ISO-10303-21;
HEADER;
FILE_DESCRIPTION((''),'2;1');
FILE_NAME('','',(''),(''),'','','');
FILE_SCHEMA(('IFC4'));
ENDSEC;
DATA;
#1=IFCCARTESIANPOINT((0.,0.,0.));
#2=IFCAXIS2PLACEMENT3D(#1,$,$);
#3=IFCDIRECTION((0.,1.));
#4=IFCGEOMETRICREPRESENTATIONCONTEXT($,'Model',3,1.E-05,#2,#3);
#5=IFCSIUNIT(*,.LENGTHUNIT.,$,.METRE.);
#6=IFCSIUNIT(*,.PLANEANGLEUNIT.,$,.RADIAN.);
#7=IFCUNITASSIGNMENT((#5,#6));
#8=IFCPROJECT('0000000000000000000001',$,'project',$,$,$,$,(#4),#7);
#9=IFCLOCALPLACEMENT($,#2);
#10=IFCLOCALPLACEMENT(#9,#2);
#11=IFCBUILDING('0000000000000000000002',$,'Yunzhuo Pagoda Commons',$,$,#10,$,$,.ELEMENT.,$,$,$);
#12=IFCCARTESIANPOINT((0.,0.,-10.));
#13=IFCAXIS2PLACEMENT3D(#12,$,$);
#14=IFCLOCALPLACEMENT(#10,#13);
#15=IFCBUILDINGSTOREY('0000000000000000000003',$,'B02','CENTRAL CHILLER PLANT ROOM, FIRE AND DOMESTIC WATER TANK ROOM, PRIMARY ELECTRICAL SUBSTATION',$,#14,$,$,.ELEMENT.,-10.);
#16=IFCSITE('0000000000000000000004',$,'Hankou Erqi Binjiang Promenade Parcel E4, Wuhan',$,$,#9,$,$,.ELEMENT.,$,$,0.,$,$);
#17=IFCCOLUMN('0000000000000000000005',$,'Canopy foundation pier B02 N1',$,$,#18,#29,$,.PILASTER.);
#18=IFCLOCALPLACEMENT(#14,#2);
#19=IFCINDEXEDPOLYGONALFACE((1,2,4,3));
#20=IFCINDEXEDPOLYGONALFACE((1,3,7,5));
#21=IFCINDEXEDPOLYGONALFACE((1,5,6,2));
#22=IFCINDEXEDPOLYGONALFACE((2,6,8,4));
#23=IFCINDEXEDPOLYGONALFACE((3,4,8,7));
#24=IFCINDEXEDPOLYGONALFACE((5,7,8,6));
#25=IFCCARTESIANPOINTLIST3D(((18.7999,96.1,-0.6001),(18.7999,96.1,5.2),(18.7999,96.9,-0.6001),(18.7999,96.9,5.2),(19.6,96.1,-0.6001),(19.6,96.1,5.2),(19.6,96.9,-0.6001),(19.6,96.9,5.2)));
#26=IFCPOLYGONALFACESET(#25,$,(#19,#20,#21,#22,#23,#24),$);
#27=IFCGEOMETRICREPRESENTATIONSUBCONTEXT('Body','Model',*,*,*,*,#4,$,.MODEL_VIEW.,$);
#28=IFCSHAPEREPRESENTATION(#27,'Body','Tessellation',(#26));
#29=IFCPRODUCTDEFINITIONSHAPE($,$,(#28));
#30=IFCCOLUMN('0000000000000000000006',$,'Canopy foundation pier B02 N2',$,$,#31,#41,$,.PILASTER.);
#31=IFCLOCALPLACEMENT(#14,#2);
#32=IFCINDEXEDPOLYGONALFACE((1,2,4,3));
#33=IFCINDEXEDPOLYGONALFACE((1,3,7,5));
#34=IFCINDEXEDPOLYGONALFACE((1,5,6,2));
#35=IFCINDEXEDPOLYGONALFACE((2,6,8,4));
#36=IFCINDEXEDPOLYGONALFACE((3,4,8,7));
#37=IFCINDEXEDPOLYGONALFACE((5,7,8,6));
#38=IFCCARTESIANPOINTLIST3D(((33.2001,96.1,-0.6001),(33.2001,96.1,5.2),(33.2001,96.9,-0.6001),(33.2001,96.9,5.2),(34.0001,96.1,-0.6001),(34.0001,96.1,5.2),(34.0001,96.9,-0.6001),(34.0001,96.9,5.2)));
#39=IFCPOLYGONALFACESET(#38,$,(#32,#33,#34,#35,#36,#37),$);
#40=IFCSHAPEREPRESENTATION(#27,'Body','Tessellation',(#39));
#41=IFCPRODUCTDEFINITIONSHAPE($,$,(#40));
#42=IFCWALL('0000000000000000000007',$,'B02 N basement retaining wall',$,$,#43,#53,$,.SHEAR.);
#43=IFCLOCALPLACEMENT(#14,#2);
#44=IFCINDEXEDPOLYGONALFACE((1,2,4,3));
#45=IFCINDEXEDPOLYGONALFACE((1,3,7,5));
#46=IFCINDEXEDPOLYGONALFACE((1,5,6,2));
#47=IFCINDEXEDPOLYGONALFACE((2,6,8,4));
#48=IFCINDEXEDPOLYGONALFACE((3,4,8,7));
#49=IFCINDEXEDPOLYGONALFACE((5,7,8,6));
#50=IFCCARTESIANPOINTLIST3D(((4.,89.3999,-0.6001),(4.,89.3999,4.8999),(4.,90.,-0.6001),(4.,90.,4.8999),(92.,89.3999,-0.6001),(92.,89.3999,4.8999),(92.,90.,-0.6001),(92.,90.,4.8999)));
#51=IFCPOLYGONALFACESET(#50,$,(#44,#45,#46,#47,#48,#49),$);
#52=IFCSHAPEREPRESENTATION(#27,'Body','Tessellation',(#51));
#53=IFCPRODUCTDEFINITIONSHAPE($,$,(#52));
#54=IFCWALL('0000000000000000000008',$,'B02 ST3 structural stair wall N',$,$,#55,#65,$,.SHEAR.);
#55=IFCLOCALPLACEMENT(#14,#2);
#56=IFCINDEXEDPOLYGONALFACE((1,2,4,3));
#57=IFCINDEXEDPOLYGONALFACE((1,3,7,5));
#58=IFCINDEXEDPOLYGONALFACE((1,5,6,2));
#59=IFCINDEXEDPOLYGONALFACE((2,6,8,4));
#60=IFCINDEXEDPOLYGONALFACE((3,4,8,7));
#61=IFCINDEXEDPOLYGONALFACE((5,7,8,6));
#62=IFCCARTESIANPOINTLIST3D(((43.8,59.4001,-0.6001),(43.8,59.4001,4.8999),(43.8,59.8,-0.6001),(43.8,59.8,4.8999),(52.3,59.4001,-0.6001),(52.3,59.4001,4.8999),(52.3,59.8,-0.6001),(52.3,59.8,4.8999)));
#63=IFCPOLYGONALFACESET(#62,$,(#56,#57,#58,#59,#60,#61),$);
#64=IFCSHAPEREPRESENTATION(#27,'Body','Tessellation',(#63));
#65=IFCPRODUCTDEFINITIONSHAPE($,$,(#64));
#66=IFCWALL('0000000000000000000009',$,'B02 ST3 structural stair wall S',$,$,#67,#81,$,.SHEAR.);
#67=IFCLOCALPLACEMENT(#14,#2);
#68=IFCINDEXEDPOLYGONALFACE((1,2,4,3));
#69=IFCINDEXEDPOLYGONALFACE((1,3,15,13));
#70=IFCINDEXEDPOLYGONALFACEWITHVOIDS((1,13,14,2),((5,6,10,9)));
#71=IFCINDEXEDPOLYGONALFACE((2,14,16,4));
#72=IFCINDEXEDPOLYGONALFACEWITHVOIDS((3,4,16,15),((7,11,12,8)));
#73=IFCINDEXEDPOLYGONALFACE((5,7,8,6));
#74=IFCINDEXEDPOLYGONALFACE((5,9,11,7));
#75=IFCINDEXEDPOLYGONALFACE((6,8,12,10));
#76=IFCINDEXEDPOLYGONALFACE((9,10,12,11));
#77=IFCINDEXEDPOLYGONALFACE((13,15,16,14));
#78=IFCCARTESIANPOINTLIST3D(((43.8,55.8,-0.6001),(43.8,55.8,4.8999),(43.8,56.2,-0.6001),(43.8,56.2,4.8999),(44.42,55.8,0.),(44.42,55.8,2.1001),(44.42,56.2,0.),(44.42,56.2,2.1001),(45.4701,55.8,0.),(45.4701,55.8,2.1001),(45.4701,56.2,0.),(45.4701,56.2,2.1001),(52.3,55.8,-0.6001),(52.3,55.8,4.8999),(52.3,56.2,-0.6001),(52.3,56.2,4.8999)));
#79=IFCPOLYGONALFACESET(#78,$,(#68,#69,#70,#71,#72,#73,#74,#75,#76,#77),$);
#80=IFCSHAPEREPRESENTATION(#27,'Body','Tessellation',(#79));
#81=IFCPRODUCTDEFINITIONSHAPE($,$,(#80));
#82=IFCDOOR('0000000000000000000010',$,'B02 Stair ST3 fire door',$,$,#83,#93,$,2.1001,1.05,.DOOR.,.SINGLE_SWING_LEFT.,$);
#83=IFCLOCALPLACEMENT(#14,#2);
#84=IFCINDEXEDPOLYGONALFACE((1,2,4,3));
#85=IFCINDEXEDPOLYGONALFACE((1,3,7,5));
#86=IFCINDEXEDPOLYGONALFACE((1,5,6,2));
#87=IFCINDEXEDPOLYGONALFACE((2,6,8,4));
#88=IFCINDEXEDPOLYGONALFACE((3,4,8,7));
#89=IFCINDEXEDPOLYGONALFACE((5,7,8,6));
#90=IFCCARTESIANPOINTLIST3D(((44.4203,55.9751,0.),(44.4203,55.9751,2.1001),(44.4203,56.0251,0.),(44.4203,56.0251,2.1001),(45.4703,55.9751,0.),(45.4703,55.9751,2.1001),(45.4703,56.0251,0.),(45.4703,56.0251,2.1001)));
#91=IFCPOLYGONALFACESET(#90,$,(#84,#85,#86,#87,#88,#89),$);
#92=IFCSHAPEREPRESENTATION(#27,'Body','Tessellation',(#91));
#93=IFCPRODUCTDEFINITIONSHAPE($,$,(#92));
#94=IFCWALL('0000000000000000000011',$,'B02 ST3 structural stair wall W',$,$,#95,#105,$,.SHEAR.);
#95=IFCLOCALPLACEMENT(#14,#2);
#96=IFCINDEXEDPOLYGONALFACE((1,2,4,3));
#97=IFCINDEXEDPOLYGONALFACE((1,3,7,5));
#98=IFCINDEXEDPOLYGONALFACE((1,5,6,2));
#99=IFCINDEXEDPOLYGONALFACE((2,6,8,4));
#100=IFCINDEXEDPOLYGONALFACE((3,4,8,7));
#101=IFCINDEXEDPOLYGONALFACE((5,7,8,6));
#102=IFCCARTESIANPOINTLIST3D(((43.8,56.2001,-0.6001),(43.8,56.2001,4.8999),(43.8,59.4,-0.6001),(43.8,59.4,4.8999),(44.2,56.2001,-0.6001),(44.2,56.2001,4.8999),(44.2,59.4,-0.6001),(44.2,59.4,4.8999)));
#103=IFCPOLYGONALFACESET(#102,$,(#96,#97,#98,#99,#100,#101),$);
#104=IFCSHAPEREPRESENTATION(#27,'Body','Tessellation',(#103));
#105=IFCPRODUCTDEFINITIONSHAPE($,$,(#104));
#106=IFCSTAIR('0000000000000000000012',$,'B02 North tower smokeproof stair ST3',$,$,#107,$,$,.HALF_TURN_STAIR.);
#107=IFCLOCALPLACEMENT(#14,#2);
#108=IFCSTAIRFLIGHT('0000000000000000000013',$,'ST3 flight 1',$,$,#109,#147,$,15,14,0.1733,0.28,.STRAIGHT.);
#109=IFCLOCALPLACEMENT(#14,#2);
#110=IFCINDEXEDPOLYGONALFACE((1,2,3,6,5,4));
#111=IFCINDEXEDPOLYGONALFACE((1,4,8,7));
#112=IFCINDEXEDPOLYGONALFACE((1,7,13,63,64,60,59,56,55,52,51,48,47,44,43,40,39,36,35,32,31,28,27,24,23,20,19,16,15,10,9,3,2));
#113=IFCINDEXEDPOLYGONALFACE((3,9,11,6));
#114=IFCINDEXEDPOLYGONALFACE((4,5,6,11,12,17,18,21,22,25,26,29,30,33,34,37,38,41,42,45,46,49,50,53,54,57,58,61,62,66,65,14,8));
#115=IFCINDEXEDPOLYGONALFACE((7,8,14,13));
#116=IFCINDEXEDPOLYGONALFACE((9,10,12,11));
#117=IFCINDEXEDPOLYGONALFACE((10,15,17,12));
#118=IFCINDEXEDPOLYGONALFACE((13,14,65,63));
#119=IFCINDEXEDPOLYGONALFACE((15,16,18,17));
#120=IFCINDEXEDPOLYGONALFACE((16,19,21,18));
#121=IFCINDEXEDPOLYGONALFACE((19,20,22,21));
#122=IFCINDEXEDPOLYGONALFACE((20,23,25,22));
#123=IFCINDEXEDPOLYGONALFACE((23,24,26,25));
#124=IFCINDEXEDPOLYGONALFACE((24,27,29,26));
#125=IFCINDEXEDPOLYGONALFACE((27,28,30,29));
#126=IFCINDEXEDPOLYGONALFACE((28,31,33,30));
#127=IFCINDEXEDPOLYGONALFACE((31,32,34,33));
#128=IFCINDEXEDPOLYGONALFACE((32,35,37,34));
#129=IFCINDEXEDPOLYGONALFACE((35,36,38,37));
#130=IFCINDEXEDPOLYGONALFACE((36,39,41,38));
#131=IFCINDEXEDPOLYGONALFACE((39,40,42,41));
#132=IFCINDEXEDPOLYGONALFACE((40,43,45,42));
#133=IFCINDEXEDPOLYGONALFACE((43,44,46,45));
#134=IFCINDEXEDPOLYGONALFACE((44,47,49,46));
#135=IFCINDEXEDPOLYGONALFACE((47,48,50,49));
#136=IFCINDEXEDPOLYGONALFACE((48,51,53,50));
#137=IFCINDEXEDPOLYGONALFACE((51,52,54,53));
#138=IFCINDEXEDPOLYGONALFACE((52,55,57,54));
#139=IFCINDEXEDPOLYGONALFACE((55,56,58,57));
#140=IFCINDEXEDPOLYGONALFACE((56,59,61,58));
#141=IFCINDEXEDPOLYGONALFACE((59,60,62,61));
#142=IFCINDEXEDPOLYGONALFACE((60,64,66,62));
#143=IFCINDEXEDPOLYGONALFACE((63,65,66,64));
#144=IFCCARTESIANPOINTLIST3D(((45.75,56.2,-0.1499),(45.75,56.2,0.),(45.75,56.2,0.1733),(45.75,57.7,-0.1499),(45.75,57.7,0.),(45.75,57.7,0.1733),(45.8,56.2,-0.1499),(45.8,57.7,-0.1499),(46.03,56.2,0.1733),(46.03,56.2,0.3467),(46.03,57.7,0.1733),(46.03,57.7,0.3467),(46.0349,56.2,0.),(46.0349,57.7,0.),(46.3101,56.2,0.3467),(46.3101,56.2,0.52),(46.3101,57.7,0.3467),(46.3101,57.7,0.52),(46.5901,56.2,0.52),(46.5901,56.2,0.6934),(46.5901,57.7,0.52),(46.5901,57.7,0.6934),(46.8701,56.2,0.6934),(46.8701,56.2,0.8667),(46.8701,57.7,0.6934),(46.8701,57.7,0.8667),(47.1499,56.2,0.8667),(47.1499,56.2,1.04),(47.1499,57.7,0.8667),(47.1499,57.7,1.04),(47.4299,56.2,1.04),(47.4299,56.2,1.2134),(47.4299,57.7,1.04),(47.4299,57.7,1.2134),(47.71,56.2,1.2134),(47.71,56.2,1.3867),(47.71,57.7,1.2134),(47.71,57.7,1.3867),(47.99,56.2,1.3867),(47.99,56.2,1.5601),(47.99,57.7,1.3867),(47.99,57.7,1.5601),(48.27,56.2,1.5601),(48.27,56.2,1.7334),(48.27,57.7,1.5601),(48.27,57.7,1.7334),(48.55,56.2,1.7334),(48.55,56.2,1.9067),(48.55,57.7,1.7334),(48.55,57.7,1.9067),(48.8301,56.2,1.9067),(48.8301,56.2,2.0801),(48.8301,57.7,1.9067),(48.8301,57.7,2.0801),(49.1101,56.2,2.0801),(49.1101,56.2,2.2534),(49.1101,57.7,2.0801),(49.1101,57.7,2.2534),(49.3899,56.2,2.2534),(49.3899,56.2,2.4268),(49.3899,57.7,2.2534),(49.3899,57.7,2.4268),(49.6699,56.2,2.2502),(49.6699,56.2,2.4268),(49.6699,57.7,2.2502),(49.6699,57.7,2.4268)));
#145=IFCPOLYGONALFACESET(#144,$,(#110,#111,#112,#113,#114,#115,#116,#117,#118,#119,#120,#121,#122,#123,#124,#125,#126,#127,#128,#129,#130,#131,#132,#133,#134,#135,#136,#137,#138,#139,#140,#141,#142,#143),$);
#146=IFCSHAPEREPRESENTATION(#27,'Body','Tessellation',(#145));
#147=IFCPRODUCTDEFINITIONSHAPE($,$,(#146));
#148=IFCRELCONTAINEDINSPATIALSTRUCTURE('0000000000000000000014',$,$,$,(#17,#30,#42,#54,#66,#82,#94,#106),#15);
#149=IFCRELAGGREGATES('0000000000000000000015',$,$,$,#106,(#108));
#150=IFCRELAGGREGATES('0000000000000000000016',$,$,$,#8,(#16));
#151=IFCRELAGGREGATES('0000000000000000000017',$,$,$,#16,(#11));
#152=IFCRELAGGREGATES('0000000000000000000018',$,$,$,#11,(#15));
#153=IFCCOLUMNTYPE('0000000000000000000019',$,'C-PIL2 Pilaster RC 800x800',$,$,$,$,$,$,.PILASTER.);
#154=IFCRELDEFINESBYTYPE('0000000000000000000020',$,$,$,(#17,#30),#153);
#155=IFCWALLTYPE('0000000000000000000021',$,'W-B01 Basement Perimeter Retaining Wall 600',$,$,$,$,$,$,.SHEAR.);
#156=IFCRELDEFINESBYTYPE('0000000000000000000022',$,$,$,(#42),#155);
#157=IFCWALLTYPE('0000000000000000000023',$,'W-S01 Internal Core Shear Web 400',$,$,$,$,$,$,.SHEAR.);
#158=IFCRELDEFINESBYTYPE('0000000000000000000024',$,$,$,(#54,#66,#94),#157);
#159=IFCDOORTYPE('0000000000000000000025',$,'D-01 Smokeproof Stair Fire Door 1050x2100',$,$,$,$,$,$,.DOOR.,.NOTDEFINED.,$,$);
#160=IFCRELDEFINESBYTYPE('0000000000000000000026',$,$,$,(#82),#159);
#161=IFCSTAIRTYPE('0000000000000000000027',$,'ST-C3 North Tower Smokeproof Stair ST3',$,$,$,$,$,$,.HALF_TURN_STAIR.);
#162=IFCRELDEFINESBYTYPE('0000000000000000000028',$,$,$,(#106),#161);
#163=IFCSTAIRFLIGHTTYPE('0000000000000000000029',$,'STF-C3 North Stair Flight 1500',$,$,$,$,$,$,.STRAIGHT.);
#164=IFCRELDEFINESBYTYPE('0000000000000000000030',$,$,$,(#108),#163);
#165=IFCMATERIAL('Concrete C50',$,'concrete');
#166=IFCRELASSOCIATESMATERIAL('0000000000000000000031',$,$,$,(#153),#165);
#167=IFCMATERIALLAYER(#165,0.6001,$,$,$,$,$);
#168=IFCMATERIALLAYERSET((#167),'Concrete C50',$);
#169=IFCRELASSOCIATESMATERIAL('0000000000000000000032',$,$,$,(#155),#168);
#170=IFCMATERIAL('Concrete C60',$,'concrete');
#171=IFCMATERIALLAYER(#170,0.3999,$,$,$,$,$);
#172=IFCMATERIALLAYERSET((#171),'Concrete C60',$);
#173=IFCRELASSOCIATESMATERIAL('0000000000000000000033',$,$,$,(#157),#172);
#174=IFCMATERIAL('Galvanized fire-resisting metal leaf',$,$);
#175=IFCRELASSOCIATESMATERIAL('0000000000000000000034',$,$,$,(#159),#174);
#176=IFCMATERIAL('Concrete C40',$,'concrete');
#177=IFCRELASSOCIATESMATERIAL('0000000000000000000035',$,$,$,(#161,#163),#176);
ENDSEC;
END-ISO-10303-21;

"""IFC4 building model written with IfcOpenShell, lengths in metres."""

from ifc_helpers import new_model, si_unit, direction, frame, frame_2d, origin, origin_2d, place, context, subcontext, project, spatial, polyline, rectangle, outline, extrude, source, transform, mapped, material, layer, layer_set, material_profile, profile_set, type_object, element, fill, aggregate, save


model = new_model("IFC4")

# Units and contexts
model_context = context("Model", 3, precision=1e-05, world=origin(), true_north=direction((0.0, 1.0)))
body_context = subcontext(model_context, "Body", "Model", "MODEL_VIEW")
ifc_project = project(units=[si_unit("LENGTHUNIT", "METRE"), si_unit("PLANEANGLEUNIT", "RADIAN")], contexts=[model_context])

# Site, building, storey
site_placement = place(None, origin())
site = spatial("IfcSite", under=ifc_project, at=site_placement, Name="Hankou Erqi Binjiang Promenade Parcel E4, Wuhan", CompositionType="ELEMENT", RefElevation=0.0)
building_placement = place(site_placement, origin())
building = spatial("IfcBuilding", under=site, at=building_placement, Name="Yunzhuo Pagoda Commons", CompositionType="ELEMENT")
storey_placement = place(building_placement, frame((0.0, 0.0, -10.0)))
storey = spatial("IfcBuildingStorey", under=building, at=storey_placement, Name="B02", Description="CENTRAL CHILLER PLANT ROOM, FIRE AND DOMESTIC WATER TANK ROOM, PRIMARY ELECTRICAL SUBSTATION", CompositionType="ELEMENT", Elevation=-10.0)

# Shared definitions
ifc_material_1 = material(Name="Concrete C50", Category="concrete")

# Shared definitions
ifc_material_2 = material(Name="Concrete C40", Category="concrete")

# Columns
ifc_material_profile_1 = material_profile(ifc_material_1, rectangle(XDim=0.8, YDim=0.8, at=origin_2d()), Name="Concrete C50")
ifc_profile_set_1 = profile_set([ifc_material_profile_1], Name="Concrete C50")
column_type_1 = type_object("IfcColumnType", Name="C-PIL2 Pilaster RC 800x800", PredefinedType="PILASTER", material=ifc_profile_set_1)
shared_shape_1 = source(origin(), body_context, "Body", "SweptSolid", [
    extrude(rectangle(XDim=0.8, YDim=0.8, at=origin_2d()), origin(), (0.0, 0.0, 1.0), 5.8),
])
for number, where, z_axis, x_axis, name in (
    (1, (19.2, 96.5, -0.6001), (0.0, 0.0, 1.0), (1.0, 0.0, 0.0), "Canopy foundation pier B02 N1"),
    (2, (33.6001, 96.5, -0.6001), (0.0, 0.0, 1.0), (1.0, 0.0, 0.0), "Canopy foundation pier B02 N2"),
):
    element("IfcColumn", number, at=place(storey_placement, frame(where, z_axis=z_axis, x_axis=x_axis)), inside=storey, type_object=column_type_1, Name=name, PredefinedType="PILASTER", context=body_context, shape_type="MappedRepresentation", body=[
        mapped(shared_shape_1, transform((0.0, 0.0, 0.0), scale=1.0)),
    ])

# Walls
ifc_layer_1 = layer(ifc_material_1, 0.6001)
ifc_layer_set_1 = layer_set([ifc_layer_1], Name="Concrete C50")
wall_type_1 = type_object("IfcWallType", Name="W-B01 Basement Perimeter Retaining Wall 600", PredefinedType="SHEAR", material=ifc_layer_set_1)
wall_1_placement = place(storey_placement, frame((4.0, 89.7, -0.6001), z_axis=(0.0, 0.0, 1.0), x_axis=(1.0, 0.0, 0.0)))
element("IfcWall", 3, at=wall_1_placement, inside=storey, type_object=wall_type_1, Name="B02 N basement retaining wall", PredefinedType="SHEAR", context=body_context, shape_type="SweptSolid", body=[
    extrude(rectangle(XDim=88.0, YDim=0.6001, at=frame_2d((44.0, 0.0))), origin(), (0.0, 0.0, 1.0), 5.5),
])
ifc_material_3 = material(Name="Concrete C60", Category="concrete")
ifc_layer_2 = layer(ifc_material_3, 0.3999)
ifc_layer_set_2 = layer_set([ifc_layer_2], Name="Concrete C60")
wall_type_2 = type_object("IfcWallType", Name="W-S01 Internal Core Shear Web 400", PredefinedType="SHEAR", material=ifc_layer_set_2)
wall_2_placement = place(storey_placement, frame((43.8, 59.6001, -0.6001), z_axis=(0.0, 0.0, 1.0), x_axis=(1.0, 0.0, 0.0)))
element("IfcWall", 4, at=wall_2_placement, inside=storey, type_object=wall_type_2, Name="B02 ST3 structural stair wall N", PredefinedType="SHEAR", context=body_context, shape_type="SweptSolid", body=[
    extrude(rectangle(XDim=8.5, YDim=0.3999, at=frame_2d((4.25, 0.0))), origin(), (0.0, 0.0, 1.0), 5.5),
])

# Wall, opening, door
wall_3_placement = place(storey_placement, frame((43.8, 56.0, -0.6001), z_axis=(0.0, 0.0, 1.0), x_axis=(1.0, 0.0, 0.0)))
wall_3 = element("IfcWall", 5, at=wall_3_placement, inside=storey, type_object=wall_type_2, Name="B02 ST3 structural stair wall S", PredefinedType="SHEAR", context=body_context, shape_type="SweptSolid", body=[
    extrude(rectangle(XDim=8.5, YDim=0.3999, at=frame_2d((4.25, 0.0))), origin(), (0.0, 0.0, 1.0), 5.5),
])
opening_placement = place(wall_3_placement, frame((0.6201, 0.0, 0.6001)))
opening = element("IfcOpeningElement", 6, at=opening_placement, cuts=wall_3, PredefinedType="OPENING", context=body_context, shape_type="SweptSolid", body=[
    extrude(rectangle(XDim=1.05, YDim=2.1001, at=frame_2d((0.5249, 1.05))), frame((0.0, 0.21, 0.0), z_axis=(0.0, -1.0, 0.0), x_axis=(1.0, 0.0, 0.0)), (0.0, 0.0, 1.0), 0.4199),
])
ifc_material_4 = material(Name="Galvanized fire-resisting metal leaf")
door_type = type_object("IfcDoorType", Name="D-01 Smokeproof Stair Fire Door 1050x2100", OperationType="NOTDEFINED", PredefinedType="DOOR", material=ifc_material_4)
shared_shape_2 = source(origin(), body_context, "Body", "SweptSolid", [
    extrude(rectangle(XDim=1.05, YDim=2.1001, at=frame_2d((0.5249, 1.05))), frame((0.0, 0.0249, 0.0), z_axis=(0.0, -1.0, 0.0), x_axis=(1.0, 0.0, 0.0)), (0.0, 0.0, 1.0), 0.05),
])
door_placement = place(opening_placement, frame((1.05, 0.0, 0.0), z_axis=(0.0, 0.0, 1.0), x_axis=(-1.0, 0.0, 0.0)))
door = element("IfcDoor", 7, at=door_placement, inside=storey, type_object=door_type, Name="B02 Stair ST3 fire door", OperationType="SINGLE_SWING_LEFT", OverallHeight=2.1001, OverallWidth=1.05, PredefinedType="DOOR", context=body_context, shape_type="MappedRepresentation", body=[
    mapped(shared_shape_2, transform((0.0, 0.0, 0.0), scale=1.0)),
])
fill(opening, door)

# Wall
wall_4_placement = place(storey_placement, frame((44.0, 56.2, -0.6001), z_axis=(0.0, 0.0, 1.0), x_axis=(0.0, 1.0, 0.0)))
element("IfcWall", 8, at=wall_4_placement, inside=storey, type_object=wall_type_2, Name="B02 ST3 structural stair wall W", PredefinedType="SHEAR", context=body_context, shape_type="SweptSolid", body=[
    extrude(rectangle(XDim=3.2, YDim=0.3999, at=frame_2d((1.6001, 0.0))), origin(), (0.0, 0.0, 1.0), 5.5),
])

# Stair, stair flight
stair_type = type_object("IfcStairType", Name="ST-C3 North Tower Smokeproof Stair ST3", PredefinedType="HALF_TURN_STAIR", material=ifc_material_2)
stair_placement = place(storey_placement, origin())
stair = element("IfcStair", 9, at=stair_placement, inside=storey, type_object=stair_type, Name="B02 North tower smokeproof stair ST3", PredefinedType="HALF_TURN_STAIR")
stair_flight_type = type_object("IfcStairFlightType", Name="STF-C3 North Stair Flight 1500", PredefinedType="STRAIGHT", material=ifc_material_2)
shared_shape_3 = source(origin(), body_context, "Body", "SweptSolid", [
    extrude(outline(polyline([(0.0, -0.1499), (0.0, 0.0), (0.0, 0.1733), (0.28, 0.1733), (0.28, 0.3467), (0.5601, 0.3467), (0.5601, 0.52), (0.8401, 0.52), (0.8401, 0.6934), (1.1201, 0.6934), (1.1201, 0.8667), (1.3999, 0.8667), (1.3999, 1.04), (1.6799, 1.04), (1.6799, 1.2134), (1.96, 1.2134), (1.96, 1.3867), (2.24, 1.3867), (2.24, 1.5601), (2.52, 1.5601), (2.52, 1.7334), (2.8, 1.7334), (2.8, 1.9067), (3.0801, 1.9067), (3.0801, 2.0801), (3.3601, 2.0801), (3.3601, 2.2534), (3.6399, 2.2534), (3.6399, 2.4268), (3.9199, 2.4268), (3.9199, 2.6001), (3.9199, 2.2502), (0.2849, 0.0), (0.05, -0.1499), (0.0, -0.1499)])), frame((0.0, 0.75, 0.0), z_axis=(0.0, -1.0, 0.0), x_axis=(1.0, 0.0, 0.0)), (0.0, 0.0, 1.0), 1.5),
])
stair_flight_placement = place(storey_placement, frame((45.75, 56.95, 0.0), z_axis=(0.0, 0.0, 1.0), x_axis=(1.0, 0.0, 0.0)))
stair_flight = element("IfcStairFlight", 10, at=stair_flight_placement, type_object=stair_flight_type, Name="ST3 flight 1", NumberOfRisers=15, NumberOfTreads=14, PredefinedType="STRAIGHT", RiserHeight=0.1733, TreadLength=0.28, context=body_context, shape_type="MappedRepresentation", body=[
    mapped(shared_shape_3, transform((0.0, 0.0, 0.0), scale=1.0)),
])
aggregate(stair, [stair_flight])

save(model, "model.ifc")
